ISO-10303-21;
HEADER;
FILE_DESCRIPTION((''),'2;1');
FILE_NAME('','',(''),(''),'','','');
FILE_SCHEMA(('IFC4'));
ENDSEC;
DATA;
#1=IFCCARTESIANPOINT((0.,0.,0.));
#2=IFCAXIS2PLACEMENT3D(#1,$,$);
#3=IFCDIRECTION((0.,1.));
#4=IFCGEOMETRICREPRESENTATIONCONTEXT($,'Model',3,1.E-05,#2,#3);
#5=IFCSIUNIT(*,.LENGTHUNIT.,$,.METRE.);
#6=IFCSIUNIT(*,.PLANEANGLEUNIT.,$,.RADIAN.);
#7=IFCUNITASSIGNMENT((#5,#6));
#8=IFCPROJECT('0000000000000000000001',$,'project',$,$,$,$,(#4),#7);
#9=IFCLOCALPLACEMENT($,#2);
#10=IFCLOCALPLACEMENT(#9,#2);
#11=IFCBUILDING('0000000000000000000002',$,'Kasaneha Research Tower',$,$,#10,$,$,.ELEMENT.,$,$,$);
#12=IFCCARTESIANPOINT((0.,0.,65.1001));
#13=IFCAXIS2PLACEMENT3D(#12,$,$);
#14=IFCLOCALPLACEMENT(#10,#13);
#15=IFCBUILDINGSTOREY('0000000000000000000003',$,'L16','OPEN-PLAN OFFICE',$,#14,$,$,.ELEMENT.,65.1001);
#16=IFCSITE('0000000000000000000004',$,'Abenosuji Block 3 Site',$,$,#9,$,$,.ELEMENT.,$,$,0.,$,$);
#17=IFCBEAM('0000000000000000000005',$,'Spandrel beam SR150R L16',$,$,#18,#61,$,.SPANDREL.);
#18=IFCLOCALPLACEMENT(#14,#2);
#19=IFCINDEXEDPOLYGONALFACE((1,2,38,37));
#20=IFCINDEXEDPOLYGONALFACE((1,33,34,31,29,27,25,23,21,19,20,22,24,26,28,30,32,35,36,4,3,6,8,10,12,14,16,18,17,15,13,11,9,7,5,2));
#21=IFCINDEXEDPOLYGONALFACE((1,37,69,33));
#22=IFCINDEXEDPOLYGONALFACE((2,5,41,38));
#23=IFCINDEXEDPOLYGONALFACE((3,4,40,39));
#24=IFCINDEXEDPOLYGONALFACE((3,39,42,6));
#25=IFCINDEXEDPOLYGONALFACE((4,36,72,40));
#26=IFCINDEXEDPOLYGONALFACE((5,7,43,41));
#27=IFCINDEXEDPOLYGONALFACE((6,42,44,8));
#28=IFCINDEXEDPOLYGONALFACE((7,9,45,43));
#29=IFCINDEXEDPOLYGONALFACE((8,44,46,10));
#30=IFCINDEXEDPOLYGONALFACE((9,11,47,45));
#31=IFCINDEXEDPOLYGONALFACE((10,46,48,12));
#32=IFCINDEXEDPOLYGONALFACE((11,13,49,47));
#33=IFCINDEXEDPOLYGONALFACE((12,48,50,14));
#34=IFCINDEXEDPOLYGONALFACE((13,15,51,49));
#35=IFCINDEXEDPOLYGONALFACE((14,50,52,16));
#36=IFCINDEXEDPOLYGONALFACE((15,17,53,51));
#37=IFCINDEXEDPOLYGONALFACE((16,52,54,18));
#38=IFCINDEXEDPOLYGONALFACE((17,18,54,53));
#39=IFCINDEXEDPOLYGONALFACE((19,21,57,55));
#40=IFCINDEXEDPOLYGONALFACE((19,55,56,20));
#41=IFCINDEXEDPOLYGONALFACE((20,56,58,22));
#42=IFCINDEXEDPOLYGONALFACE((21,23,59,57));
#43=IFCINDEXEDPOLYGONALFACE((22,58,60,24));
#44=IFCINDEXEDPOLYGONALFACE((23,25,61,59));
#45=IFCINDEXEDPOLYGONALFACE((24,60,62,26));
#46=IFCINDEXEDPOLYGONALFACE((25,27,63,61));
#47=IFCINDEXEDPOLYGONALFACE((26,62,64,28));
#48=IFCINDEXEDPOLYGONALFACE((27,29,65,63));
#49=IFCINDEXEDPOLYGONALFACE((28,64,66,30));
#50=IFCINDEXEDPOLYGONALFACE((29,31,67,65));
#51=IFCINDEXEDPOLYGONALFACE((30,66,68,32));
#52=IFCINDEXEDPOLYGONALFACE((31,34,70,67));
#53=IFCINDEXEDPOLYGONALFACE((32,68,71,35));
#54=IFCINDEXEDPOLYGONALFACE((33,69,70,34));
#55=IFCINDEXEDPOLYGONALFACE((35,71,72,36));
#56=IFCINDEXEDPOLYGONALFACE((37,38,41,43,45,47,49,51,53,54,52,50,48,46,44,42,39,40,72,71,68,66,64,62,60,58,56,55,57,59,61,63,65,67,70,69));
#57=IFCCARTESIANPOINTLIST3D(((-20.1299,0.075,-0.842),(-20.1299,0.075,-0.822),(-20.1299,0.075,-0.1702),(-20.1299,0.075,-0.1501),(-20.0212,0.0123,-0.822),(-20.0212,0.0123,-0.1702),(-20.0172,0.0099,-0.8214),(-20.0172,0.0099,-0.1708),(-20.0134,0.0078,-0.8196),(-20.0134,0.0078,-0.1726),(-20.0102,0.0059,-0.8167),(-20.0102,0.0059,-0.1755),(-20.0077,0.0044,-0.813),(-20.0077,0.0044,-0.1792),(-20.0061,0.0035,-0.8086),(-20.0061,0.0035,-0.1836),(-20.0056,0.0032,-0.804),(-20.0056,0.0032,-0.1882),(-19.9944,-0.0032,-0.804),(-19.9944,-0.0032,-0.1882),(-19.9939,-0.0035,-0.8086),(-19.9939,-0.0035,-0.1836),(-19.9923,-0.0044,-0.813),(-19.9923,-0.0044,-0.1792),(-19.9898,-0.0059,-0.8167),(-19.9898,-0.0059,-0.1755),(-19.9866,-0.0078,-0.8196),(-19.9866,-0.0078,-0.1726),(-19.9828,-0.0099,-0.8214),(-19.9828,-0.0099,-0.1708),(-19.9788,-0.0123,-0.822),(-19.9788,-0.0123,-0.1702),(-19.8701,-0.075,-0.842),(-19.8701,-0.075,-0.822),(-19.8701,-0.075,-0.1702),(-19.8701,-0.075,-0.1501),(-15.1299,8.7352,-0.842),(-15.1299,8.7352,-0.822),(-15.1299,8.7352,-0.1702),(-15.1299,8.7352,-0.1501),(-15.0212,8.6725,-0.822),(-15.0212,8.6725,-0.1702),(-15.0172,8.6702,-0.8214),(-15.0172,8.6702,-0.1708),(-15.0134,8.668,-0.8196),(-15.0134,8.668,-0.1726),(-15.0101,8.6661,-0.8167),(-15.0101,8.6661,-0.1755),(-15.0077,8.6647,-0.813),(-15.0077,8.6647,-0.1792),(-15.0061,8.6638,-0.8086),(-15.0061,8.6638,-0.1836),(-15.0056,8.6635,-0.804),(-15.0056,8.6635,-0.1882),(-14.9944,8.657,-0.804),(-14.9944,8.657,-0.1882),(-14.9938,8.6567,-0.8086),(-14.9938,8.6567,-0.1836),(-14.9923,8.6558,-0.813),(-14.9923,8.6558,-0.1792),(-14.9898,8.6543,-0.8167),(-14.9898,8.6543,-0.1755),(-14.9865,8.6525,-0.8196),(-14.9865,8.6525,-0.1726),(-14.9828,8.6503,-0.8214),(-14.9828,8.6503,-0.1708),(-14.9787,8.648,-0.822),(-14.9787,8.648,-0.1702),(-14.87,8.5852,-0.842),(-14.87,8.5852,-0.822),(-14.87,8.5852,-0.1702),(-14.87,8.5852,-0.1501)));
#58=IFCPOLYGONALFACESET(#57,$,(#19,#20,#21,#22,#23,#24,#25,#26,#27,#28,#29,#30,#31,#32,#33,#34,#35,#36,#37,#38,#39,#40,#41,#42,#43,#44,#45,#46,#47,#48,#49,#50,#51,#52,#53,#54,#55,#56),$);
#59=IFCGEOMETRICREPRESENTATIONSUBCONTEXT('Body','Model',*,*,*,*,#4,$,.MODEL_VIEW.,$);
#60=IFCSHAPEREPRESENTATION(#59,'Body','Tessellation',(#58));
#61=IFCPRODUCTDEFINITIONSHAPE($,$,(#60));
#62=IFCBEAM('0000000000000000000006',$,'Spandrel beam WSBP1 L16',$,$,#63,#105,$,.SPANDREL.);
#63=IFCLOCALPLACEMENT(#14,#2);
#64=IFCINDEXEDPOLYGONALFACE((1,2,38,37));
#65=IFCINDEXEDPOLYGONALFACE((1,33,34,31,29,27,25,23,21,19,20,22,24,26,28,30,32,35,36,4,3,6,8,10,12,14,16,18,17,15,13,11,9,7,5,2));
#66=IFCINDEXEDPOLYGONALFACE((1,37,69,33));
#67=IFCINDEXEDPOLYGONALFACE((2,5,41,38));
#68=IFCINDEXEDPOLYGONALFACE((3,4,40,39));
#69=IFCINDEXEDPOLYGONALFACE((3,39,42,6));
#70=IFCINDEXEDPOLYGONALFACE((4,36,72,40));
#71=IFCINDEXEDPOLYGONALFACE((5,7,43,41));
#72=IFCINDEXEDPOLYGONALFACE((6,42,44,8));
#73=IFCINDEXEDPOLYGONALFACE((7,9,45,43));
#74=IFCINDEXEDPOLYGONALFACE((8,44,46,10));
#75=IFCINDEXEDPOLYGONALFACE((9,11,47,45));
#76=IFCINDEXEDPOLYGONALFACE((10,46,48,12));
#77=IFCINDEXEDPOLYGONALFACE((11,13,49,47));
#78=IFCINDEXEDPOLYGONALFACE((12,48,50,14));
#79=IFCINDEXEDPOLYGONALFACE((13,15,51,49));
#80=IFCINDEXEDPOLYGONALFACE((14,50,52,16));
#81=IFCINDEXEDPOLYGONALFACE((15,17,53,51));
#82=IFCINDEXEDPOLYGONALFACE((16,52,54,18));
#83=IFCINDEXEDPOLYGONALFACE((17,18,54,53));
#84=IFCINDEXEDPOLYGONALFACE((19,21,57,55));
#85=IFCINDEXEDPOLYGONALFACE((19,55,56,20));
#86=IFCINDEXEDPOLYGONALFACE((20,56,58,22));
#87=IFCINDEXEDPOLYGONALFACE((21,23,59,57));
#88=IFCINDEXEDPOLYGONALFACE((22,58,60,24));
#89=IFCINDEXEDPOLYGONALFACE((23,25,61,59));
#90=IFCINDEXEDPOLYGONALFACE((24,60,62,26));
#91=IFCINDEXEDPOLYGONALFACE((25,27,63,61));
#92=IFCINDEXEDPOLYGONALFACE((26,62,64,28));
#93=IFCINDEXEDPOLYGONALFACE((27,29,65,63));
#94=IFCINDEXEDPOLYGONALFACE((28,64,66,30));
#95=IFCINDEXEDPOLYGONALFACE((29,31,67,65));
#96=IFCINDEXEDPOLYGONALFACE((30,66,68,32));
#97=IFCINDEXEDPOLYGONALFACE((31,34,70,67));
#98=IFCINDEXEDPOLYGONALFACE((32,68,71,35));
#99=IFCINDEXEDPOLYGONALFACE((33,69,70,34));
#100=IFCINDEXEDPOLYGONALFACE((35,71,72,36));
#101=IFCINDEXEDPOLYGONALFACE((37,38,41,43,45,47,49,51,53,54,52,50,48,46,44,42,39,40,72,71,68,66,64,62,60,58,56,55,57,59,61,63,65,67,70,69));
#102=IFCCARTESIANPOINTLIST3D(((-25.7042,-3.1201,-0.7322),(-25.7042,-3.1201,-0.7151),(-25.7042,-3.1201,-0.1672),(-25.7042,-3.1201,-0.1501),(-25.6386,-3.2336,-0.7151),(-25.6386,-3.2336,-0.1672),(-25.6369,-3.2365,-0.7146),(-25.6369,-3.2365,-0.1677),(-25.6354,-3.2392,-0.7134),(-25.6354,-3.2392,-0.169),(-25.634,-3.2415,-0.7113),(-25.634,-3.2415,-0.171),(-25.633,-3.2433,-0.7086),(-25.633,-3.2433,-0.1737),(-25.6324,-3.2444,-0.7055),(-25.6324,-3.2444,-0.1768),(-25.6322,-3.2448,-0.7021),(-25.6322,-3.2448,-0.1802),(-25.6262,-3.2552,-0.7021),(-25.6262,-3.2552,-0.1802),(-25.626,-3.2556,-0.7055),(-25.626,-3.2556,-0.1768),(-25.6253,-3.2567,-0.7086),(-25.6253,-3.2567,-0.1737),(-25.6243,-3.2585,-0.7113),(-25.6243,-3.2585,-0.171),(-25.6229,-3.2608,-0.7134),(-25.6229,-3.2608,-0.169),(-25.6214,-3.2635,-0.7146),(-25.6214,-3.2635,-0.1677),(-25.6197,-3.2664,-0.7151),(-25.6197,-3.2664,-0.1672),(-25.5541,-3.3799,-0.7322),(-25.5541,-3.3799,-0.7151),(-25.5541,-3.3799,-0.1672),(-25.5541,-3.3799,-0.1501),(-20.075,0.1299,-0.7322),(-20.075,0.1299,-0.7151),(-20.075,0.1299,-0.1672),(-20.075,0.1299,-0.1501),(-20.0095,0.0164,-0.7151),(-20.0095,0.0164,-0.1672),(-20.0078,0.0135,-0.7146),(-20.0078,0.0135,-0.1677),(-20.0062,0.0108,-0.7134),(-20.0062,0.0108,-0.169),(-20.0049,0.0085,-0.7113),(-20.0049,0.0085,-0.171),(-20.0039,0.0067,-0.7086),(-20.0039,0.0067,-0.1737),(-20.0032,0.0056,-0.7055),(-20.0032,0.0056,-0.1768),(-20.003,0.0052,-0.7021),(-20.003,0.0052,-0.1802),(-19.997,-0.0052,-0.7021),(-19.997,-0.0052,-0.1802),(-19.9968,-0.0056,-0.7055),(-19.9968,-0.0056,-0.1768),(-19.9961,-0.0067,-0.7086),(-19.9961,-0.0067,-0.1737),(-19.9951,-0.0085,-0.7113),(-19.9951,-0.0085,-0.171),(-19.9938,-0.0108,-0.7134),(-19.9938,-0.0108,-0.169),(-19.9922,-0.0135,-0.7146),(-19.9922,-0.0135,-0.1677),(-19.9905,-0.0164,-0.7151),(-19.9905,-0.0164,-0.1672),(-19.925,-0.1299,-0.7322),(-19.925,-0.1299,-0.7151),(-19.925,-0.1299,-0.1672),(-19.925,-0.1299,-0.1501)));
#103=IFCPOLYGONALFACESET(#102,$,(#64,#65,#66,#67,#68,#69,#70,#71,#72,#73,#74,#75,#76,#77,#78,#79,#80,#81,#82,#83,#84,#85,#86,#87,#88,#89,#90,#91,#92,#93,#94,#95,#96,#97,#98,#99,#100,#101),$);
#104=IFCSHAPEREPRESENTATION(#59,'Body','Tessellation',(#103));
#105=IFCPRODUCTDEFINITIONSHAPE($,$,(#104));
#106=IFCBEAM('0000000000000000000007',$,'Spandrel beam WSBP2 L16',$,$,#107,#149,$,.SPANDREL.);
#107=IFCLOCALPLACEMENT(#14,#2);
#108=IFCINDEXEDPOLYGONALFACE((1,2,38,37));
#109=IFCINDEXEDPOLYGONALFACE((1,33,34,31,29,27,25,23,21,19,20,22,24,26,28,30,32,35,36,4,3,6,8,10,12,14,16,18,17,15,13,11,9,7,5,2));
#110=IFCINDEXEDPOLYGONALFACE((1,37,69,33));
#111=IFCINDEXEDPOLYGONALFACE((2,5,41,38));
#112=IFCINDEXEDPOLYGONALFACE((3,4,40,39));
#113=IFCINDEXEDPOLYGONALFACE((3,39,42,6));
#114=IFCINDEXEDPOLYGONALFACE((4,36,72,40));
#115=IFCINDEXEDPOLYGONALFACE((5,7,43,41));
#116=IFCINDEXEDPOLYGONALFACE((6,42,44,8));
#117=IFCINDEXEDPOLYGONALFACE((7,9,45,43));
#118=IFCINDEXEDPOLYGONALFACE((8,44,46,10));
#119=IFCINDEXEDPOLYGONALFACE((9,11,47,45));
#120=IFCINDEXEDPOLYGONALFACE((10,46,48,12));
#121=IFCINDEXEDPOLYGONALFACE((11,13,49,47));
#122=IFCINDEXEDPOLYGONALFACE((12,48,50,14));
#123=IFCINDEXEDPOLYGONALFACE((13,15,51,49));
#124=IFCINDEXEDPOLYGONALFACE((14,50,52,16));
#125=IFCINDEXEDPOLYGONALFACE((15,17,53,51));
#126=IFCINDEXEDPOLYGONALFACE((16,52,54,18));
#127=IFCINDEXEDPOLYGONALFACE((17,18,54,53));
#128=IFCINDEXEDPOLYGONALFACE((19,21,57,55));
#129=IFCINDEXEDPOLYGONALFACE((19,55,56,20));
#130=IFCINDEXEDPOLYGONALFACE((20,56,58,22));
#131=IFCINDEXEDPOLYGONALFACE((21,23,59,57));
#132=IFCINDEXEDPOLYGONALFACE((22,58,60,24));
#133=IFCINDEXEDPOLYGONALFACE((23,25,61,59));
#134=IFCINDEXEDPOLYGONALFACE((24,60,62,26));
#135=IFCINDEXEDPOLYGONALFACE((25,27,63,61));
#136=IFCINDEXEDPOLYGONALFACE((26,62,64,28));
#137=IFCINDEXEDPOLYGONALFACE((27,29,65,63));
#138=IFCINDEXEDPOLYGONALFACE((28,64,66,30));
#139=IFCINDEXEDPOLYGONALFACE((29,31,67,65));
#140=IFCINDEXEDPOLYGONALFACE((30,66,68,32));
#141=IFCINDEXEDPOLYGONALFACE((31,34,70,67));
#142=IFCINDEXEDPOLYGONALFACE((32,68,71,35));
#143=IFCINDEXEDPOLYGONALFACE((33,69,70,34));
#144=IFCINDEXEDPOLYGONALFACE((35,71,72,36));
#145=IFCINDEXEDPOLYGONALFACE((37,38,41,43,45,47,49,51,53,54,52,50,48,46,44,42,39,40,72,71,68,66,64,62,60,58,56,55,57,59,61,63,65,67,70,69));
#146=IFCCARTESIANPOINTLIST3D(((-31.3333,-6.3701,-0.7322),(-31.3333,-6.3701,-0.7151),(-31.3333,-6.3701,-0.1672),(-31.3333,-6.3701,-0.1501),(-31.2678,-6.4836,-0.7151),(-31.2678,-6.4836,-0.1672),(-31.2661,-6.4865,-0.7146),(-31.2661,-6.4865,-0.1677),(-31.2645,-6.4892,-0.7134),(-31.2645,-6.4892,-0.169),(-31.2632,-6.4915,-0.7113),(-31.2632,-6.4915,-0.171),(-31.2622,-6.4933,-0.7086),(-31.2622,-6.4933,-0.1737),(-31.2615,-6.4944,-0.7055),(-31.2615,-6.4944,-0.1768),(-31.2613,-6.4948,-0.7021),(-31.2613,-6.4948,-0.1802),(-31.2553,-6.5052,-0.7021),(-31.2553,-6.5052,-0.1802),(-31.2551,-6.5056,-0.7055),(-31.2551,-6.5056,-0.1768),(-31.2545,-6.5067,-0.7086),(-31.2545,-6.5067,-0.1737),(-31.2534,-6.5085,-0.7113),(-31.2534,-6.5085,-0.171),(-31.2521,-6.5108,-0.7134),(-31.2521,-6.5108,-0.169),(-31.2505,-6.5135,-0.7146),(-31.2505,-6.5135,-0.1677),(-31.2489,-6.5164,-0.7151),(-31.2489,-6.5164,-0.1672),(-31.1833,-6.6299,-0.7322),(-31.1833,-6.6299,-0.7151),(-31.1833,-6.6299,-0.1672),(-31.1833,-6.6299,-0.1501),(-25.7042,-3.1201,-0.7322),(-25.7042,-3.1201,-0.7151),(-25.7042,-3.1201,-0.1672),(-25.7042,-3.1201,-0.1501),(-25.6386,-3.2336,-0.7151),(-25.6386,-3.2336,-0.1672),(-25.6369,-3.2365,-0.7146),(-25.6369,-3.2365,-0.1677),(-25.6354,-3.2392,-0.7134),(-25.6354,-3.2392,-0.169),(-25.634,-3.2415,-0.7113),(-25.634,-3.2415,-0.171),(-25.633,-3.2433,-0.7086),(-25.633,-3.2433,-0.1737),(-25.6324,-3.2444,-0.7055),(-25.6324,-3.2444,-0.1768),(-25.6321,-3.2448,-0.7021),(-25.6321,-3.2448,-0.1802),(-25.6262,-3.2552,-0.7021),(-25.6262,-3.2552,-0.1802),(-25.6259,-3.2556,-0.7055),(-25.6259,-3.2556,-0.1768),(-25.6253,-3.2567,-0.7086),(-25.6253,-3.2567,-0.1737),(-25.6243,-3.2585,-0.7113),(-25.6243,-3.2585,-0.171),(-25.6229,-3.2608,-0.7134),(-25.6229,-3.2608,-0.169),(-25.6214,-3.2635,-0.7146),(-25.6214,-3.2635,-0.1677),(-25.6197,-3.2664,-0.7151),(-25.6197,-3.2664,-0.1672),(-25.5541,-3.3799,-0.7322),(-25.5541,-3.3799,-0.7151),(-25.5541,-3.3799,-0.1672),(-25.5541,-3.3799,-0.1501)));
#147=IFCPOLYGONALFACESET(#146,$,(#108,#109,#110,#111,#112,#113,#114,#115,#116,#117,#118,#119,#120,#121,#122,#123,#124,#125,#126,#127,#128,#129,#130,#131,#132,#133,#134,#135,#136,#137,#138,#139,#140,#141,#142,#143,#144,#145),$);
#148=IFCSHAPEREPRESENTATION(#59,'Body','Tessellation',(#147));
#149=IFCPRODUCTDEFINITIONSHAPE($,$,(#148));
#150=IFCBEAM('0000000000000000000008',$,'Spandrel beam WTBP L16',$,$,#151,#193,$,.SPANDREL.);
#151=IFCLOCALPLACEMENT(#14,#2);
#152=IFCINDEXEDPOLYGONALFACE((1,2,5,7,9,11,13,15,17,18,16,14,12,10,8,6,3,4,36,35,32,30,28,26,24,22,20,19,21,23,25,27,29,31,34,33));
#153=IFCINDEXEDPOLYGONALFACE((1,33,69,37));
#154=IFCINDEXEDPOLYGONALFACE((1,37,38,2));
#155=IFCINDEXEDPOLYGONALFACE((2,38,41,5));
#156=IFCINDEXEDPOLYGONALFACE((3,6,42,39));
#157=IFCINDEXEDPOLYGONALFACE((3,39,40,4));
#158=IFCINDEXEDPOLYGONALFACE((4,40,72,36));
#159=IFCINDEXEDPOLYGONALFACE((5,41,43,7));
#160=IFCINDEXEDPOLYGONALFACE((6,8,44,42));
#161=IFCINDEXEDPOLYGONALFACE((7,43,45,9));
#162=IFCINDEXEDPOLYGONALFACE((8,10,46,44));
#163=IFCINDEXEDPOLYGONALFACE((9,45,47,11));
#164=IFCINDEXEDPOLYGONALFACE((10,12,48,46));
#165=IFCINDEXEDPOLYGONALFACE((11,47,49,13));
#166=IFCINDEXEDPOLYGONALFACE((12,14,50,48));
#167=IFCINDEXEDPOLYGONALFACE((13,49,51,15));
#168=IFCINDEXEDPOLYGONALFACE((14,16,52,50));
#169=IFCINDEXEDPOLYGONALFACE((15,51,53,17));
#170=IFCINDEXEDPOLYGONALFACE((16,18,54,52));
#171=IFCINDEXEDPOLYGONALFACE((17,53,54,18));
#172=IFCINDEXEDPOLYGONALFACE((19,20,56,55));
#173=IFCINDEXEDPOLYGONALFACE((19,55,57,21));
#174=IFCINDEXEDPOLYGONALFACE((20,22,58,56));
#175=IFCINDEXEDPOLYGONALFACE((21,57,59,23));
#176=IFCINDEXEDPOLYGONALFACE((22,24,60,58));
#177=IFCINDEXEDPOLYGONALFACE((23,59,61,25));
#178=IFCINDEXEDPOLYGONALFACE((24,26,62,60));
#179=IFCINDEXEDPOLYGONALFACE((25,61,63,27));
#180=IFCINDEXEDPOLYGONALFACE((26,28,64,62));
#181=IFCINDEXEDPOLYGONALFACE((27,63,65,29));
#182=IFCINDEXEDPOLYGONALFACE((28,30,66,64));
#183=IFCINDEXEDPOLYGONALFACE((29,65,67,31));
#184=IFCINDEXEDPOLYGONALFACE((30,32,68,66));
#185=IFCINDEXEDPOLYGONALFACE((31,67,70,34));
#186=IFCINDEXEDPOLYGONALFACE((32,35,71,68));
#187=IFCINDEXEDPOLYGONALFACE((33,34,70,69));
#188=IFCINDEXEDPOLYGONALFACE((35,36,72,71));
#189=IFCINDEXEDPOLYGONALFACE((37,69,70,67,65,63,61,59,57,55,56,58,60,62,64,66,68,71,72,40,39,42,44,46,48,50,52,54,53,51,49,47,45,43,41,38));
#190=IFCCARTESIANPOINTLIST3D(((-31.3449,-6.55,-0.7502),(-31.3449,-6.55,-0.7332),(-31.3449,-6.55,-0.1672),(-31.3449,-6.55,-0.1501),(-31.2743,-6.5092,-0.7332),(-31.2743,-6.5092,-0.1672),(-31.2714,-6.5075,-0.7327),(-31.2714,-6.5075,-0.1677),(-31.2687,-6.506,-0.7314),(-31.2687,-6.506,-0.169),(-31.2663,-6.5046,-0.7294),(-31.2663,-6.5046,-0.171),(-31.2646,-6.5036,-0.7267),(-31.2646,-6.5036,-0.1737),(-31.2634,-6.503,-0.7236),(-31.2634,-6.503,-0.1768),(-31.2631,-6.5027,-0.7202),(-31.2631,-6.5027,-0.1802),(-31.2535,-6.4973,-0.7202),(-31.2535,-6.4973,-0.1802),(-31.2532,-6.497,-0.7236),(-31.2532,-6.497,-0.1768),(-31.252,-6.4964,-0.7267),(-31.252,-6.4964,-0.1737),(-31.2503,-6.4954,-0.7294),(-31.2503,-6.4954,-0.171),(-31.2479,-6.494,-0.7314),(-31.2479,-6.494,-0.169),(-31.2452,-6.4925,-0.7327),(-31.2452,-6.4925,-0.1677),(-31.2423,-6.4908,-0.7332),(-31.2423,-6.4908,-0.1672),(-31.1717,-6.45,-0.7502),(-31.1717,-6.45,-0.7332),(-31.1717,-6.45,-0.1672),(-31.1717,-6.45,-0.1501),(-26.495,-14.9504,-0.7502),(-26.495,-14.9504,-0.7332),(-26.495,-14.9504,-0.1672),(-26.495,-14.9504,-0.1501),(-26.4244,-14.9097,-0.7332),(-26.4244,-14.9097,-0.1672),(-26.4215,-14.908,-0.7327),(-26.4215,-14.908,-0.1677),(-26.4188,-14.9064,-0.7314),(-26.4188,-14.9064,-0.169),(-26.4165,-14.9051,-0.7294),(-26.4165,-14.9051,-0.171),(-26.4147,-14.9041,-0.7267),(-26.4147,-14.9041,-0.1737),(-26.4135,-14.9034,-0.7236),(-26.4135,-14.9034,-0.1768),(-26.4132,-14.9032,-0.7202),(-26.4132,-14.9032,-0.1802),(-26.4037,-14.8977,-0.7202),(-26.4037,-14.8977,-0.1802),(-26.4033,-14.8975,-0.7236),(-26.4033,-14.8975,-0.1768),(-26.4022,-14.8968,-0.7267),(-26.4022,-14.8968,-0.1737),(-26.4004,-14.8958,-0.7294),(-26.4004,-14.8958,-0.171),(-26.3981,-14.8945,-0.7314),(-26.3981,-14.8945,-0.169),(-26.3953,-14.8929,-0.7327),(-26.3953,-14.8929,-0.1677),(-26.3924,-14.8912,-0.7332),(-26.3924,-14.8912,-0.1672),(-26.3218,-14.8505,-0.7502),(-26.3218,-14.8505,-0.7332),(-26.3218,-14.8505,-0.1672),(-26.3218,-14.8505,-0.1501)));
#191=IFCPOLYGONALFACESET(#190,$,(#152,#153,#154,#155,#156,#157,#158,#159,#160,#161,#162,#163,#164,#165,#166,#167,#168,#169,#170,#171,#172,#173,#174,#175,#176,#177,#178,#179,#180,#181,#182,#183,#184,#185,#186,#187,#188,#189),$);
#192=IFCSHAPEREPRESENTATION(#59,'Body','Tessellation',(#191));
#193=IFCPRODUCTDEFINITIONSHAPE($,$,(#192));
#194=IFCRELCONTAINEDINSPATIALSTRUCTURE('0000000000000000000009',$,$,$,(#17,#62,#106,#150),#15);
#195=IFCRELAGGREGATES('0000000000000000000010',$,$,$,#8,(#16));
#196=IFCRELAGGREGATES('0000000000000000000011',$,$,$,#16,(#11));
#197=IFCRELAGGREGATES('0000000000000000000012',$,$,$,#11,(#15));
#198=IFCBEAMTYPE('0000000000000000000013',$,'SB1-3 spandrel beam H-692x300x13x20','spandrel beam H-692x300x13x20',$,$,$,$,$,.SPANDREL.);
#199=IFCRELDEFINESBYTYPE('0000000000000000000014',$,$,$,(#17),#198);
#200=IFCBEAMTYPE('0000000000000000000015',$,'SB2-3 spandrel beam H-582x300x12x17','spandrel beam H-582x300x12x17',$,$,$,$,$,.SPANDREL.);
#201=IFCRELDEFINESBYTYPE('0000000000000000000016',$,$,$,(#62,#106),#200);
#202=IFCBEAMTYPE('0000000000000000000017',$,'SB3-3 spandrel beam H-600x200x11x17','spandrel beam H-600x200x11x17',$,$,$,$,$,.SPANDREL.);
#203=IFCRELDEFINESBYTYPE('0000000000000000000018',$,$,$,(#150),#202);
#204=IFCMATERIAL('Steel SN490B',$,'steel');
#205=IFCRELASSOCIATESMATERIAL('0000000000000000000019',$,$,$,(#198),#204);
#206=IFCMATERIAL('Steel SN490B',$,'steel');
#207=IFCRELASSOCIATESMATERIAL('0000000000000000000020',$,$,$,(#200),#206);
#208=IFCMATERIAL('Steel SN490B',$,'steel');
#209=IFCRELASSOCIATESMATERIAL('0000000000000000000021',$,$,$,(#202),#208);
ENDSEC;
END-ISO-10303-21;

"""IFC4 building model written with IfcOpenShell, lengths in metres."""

from ifc_helpers import new_model, si_unit, direction, frame, origin, origin_2d, place, context, subcontext, project, spatial, i_section, extrude, material, material_profile, profile_set, type_object, element, save


model = new_model("IFC4")

# Units and contexts
model_context = context("Model", 3, precision=1e-05, world=origin(), true_north=direction((0.0, 1.0)))
body_context = subcontext(model_context, "Body", "Model", "MODEL_VIEW")
ifc_project = project(units=[si_unit("LENGTHUNIT", "METRE"), si_unit("PLANEANGLEUNIT", "RADIAN")], contexts=[model_context])

# Site, building, storey
site_placement = place(None, origin())
site = spatial("IfcSite", under=ifc_project, at=site_placement, Name="Abenosuji Block 3 Site", CompositionType="ELEMENT", RefElevation=0.0)
building_placement = place(site_placement, origin())
building = spatial("IfcBuilding", under=site, at=building_placement, Name="Kasaneha Research Tower", CompositionType="ELEMENT")
storey_placement = place(building_placement, frame((0.0, 0.0, 65.1001)))
storey = spatial("IfcBuildingStorey", under=building, at=storey_placement, Name="L16", Description="OPEN-PLAN OFFICE", CompositionType="ELEMENT", Elevation=65.1001)

# Beams
ifc_material_1 = material(Name="Steel SN490B", Category="steel")
ifc_material_profile_1 = material_profile(ifc_material_1, i_section(OverallWidth=0.3, OverallDepth=0.6919, WebThickness=0.0129, FlangeThickness=0.02, FilletRadius=0.0181, at=origin_2d()), Name="H-692x300x13x20")
ifc_profile_set_1 = profile_set([ifc_material_profile_1], Name="Steel SN490B")
beam_type_1 = type_object("IfcBeamType", Name="SB1-3 spandrel beam H-692x300x13x20", Description="spandrel beam H-692x300x13x20", PredefinedType="SPANDREL", material=ifc_profile_set_1)
beam_1_placement = place(storey_placement, frame((-20.0, 0.0, -0.4961), z_axis=(0.500004, 0.866023, 0.0), x_axis=(-0.866023, 0.500004, 0.0)))
element("IfcBeam", 1, at=beam_1_placement, inside=storey, type_object=beam_type_1, Name="Spandrel beam SR150R L16", PredefinedType="SPANDREL", context=body_context, shape_type="SweptSolid", body=[
    extrude(i_section(OverallWidth=0.3, OverallDepth=0.6919, WebThickness=0.0129, FlangeThickness=0.02, FilletRadius=0.0181, at=origin_2d()), origin(), (0.0, 0.0, 1.0), 10.0),
])
ifc_material_2 = material(Name="Steel SN490B", Category="steel")
ifc_material_profile_2 = material_profile(ifc_material_2, i_section(OverallWidth=0.3, OverallDepth=0.582, WebThickness=0.012, FlangeThickness=0.0171, FilletRadius=0.0129, at=origin_2d()), Name="H-582x300x12x17")
ifc_profile_set_2 = profile_set([ifc_material_profile_2], Name="Steel SN490B")
beam_type_2 = type_object("IfcBeamType", Name="SB2-3 spandrel beam H-582x300x12x17", Description="spandrel beam H-582x300x12x17", PredefinedType="SPANDREL", material=ifc_profile_set_2)
for number, where, z_axis, x_axis, name in (
    (2, (-20.0, 0.0, -0.4412), (-0.866025, -0.500001, 0.0), (0.500001, -0.866025, 0.0), "Spandrel beam WSBP1 L16"),
    (3, (-25.6292, -3.25, -0.4412), (-0.866025, -0.500001, 0.0), (0.500001, -0.866025, 0.0), "Spandrel beam WSBP2 L16"),
):
    element("IfcBeam", number, at=place(storey_placement, frame(where, z_axis=z_axis, x_axis=x_axis)), inside=storey, type_object=beam_type_2, Name=name, PredefinedType="SPANDREL", context=body_context, shape_type="SweptSolid", body=[
        extrude(i_section(OverallWidth=0.3, OverallDepth=0.582, WebThickness=0.012, FlangeThickness=0.0171, FilletRadius=0.0129, at=origin_2d()), origin(), (0.0, 0.0, 1.0), 6.5),
    ])
ifc_material_3 = material(Name="Steel SN490B", Category="steel")
ifc_material_profile_3 = material_profile(ifc_material_3, i_section(OverallWidth=0.2, OverallDepth=0.6001, WebThickness=0.011, FlangeThickness=0.0171, FilletRadius=0.0129, at=origin_2d()), Name="H-600x200x11x17")
ifc_profile_set_3 = profile_set([ifc_material_profile_3], Name="Steel SN490B")
beam_type_3 = type_object("IfcBeamType", Name="SB3-3 spandrel beam H-600x200x11x17", Description="spandrel beam H-600x200x11x17", PredefinedType="SPANDREL", material=ifc_profile_set_3)
beam_2_placement = place(storey_placement, frame((-31.2583, -6.5, -0.4502), z_axis=(0.499991, -0.866031, 0.0), x_axis=(0.866031, 0.499991, 0.0)))
element("IfcBeam", 4, at=beam_2_placement, inside=storey, type_object=beam_type_3, Name="Spandrel beam WTBP L16", PredefinedType="SPANDREL", context=body_context, shape_type="SweptSolid", body=[
    extrude(i_section(OverallWidth=0.2, OverallDepth=0.6001, WebThickness=0.011, FlangeThickness=0.0171, FilletRadius=0.0129, at=origin_2d()), origin(), (0.0, 0.0, 1.0), 9.7),
])

save(model, "model.ifc")
